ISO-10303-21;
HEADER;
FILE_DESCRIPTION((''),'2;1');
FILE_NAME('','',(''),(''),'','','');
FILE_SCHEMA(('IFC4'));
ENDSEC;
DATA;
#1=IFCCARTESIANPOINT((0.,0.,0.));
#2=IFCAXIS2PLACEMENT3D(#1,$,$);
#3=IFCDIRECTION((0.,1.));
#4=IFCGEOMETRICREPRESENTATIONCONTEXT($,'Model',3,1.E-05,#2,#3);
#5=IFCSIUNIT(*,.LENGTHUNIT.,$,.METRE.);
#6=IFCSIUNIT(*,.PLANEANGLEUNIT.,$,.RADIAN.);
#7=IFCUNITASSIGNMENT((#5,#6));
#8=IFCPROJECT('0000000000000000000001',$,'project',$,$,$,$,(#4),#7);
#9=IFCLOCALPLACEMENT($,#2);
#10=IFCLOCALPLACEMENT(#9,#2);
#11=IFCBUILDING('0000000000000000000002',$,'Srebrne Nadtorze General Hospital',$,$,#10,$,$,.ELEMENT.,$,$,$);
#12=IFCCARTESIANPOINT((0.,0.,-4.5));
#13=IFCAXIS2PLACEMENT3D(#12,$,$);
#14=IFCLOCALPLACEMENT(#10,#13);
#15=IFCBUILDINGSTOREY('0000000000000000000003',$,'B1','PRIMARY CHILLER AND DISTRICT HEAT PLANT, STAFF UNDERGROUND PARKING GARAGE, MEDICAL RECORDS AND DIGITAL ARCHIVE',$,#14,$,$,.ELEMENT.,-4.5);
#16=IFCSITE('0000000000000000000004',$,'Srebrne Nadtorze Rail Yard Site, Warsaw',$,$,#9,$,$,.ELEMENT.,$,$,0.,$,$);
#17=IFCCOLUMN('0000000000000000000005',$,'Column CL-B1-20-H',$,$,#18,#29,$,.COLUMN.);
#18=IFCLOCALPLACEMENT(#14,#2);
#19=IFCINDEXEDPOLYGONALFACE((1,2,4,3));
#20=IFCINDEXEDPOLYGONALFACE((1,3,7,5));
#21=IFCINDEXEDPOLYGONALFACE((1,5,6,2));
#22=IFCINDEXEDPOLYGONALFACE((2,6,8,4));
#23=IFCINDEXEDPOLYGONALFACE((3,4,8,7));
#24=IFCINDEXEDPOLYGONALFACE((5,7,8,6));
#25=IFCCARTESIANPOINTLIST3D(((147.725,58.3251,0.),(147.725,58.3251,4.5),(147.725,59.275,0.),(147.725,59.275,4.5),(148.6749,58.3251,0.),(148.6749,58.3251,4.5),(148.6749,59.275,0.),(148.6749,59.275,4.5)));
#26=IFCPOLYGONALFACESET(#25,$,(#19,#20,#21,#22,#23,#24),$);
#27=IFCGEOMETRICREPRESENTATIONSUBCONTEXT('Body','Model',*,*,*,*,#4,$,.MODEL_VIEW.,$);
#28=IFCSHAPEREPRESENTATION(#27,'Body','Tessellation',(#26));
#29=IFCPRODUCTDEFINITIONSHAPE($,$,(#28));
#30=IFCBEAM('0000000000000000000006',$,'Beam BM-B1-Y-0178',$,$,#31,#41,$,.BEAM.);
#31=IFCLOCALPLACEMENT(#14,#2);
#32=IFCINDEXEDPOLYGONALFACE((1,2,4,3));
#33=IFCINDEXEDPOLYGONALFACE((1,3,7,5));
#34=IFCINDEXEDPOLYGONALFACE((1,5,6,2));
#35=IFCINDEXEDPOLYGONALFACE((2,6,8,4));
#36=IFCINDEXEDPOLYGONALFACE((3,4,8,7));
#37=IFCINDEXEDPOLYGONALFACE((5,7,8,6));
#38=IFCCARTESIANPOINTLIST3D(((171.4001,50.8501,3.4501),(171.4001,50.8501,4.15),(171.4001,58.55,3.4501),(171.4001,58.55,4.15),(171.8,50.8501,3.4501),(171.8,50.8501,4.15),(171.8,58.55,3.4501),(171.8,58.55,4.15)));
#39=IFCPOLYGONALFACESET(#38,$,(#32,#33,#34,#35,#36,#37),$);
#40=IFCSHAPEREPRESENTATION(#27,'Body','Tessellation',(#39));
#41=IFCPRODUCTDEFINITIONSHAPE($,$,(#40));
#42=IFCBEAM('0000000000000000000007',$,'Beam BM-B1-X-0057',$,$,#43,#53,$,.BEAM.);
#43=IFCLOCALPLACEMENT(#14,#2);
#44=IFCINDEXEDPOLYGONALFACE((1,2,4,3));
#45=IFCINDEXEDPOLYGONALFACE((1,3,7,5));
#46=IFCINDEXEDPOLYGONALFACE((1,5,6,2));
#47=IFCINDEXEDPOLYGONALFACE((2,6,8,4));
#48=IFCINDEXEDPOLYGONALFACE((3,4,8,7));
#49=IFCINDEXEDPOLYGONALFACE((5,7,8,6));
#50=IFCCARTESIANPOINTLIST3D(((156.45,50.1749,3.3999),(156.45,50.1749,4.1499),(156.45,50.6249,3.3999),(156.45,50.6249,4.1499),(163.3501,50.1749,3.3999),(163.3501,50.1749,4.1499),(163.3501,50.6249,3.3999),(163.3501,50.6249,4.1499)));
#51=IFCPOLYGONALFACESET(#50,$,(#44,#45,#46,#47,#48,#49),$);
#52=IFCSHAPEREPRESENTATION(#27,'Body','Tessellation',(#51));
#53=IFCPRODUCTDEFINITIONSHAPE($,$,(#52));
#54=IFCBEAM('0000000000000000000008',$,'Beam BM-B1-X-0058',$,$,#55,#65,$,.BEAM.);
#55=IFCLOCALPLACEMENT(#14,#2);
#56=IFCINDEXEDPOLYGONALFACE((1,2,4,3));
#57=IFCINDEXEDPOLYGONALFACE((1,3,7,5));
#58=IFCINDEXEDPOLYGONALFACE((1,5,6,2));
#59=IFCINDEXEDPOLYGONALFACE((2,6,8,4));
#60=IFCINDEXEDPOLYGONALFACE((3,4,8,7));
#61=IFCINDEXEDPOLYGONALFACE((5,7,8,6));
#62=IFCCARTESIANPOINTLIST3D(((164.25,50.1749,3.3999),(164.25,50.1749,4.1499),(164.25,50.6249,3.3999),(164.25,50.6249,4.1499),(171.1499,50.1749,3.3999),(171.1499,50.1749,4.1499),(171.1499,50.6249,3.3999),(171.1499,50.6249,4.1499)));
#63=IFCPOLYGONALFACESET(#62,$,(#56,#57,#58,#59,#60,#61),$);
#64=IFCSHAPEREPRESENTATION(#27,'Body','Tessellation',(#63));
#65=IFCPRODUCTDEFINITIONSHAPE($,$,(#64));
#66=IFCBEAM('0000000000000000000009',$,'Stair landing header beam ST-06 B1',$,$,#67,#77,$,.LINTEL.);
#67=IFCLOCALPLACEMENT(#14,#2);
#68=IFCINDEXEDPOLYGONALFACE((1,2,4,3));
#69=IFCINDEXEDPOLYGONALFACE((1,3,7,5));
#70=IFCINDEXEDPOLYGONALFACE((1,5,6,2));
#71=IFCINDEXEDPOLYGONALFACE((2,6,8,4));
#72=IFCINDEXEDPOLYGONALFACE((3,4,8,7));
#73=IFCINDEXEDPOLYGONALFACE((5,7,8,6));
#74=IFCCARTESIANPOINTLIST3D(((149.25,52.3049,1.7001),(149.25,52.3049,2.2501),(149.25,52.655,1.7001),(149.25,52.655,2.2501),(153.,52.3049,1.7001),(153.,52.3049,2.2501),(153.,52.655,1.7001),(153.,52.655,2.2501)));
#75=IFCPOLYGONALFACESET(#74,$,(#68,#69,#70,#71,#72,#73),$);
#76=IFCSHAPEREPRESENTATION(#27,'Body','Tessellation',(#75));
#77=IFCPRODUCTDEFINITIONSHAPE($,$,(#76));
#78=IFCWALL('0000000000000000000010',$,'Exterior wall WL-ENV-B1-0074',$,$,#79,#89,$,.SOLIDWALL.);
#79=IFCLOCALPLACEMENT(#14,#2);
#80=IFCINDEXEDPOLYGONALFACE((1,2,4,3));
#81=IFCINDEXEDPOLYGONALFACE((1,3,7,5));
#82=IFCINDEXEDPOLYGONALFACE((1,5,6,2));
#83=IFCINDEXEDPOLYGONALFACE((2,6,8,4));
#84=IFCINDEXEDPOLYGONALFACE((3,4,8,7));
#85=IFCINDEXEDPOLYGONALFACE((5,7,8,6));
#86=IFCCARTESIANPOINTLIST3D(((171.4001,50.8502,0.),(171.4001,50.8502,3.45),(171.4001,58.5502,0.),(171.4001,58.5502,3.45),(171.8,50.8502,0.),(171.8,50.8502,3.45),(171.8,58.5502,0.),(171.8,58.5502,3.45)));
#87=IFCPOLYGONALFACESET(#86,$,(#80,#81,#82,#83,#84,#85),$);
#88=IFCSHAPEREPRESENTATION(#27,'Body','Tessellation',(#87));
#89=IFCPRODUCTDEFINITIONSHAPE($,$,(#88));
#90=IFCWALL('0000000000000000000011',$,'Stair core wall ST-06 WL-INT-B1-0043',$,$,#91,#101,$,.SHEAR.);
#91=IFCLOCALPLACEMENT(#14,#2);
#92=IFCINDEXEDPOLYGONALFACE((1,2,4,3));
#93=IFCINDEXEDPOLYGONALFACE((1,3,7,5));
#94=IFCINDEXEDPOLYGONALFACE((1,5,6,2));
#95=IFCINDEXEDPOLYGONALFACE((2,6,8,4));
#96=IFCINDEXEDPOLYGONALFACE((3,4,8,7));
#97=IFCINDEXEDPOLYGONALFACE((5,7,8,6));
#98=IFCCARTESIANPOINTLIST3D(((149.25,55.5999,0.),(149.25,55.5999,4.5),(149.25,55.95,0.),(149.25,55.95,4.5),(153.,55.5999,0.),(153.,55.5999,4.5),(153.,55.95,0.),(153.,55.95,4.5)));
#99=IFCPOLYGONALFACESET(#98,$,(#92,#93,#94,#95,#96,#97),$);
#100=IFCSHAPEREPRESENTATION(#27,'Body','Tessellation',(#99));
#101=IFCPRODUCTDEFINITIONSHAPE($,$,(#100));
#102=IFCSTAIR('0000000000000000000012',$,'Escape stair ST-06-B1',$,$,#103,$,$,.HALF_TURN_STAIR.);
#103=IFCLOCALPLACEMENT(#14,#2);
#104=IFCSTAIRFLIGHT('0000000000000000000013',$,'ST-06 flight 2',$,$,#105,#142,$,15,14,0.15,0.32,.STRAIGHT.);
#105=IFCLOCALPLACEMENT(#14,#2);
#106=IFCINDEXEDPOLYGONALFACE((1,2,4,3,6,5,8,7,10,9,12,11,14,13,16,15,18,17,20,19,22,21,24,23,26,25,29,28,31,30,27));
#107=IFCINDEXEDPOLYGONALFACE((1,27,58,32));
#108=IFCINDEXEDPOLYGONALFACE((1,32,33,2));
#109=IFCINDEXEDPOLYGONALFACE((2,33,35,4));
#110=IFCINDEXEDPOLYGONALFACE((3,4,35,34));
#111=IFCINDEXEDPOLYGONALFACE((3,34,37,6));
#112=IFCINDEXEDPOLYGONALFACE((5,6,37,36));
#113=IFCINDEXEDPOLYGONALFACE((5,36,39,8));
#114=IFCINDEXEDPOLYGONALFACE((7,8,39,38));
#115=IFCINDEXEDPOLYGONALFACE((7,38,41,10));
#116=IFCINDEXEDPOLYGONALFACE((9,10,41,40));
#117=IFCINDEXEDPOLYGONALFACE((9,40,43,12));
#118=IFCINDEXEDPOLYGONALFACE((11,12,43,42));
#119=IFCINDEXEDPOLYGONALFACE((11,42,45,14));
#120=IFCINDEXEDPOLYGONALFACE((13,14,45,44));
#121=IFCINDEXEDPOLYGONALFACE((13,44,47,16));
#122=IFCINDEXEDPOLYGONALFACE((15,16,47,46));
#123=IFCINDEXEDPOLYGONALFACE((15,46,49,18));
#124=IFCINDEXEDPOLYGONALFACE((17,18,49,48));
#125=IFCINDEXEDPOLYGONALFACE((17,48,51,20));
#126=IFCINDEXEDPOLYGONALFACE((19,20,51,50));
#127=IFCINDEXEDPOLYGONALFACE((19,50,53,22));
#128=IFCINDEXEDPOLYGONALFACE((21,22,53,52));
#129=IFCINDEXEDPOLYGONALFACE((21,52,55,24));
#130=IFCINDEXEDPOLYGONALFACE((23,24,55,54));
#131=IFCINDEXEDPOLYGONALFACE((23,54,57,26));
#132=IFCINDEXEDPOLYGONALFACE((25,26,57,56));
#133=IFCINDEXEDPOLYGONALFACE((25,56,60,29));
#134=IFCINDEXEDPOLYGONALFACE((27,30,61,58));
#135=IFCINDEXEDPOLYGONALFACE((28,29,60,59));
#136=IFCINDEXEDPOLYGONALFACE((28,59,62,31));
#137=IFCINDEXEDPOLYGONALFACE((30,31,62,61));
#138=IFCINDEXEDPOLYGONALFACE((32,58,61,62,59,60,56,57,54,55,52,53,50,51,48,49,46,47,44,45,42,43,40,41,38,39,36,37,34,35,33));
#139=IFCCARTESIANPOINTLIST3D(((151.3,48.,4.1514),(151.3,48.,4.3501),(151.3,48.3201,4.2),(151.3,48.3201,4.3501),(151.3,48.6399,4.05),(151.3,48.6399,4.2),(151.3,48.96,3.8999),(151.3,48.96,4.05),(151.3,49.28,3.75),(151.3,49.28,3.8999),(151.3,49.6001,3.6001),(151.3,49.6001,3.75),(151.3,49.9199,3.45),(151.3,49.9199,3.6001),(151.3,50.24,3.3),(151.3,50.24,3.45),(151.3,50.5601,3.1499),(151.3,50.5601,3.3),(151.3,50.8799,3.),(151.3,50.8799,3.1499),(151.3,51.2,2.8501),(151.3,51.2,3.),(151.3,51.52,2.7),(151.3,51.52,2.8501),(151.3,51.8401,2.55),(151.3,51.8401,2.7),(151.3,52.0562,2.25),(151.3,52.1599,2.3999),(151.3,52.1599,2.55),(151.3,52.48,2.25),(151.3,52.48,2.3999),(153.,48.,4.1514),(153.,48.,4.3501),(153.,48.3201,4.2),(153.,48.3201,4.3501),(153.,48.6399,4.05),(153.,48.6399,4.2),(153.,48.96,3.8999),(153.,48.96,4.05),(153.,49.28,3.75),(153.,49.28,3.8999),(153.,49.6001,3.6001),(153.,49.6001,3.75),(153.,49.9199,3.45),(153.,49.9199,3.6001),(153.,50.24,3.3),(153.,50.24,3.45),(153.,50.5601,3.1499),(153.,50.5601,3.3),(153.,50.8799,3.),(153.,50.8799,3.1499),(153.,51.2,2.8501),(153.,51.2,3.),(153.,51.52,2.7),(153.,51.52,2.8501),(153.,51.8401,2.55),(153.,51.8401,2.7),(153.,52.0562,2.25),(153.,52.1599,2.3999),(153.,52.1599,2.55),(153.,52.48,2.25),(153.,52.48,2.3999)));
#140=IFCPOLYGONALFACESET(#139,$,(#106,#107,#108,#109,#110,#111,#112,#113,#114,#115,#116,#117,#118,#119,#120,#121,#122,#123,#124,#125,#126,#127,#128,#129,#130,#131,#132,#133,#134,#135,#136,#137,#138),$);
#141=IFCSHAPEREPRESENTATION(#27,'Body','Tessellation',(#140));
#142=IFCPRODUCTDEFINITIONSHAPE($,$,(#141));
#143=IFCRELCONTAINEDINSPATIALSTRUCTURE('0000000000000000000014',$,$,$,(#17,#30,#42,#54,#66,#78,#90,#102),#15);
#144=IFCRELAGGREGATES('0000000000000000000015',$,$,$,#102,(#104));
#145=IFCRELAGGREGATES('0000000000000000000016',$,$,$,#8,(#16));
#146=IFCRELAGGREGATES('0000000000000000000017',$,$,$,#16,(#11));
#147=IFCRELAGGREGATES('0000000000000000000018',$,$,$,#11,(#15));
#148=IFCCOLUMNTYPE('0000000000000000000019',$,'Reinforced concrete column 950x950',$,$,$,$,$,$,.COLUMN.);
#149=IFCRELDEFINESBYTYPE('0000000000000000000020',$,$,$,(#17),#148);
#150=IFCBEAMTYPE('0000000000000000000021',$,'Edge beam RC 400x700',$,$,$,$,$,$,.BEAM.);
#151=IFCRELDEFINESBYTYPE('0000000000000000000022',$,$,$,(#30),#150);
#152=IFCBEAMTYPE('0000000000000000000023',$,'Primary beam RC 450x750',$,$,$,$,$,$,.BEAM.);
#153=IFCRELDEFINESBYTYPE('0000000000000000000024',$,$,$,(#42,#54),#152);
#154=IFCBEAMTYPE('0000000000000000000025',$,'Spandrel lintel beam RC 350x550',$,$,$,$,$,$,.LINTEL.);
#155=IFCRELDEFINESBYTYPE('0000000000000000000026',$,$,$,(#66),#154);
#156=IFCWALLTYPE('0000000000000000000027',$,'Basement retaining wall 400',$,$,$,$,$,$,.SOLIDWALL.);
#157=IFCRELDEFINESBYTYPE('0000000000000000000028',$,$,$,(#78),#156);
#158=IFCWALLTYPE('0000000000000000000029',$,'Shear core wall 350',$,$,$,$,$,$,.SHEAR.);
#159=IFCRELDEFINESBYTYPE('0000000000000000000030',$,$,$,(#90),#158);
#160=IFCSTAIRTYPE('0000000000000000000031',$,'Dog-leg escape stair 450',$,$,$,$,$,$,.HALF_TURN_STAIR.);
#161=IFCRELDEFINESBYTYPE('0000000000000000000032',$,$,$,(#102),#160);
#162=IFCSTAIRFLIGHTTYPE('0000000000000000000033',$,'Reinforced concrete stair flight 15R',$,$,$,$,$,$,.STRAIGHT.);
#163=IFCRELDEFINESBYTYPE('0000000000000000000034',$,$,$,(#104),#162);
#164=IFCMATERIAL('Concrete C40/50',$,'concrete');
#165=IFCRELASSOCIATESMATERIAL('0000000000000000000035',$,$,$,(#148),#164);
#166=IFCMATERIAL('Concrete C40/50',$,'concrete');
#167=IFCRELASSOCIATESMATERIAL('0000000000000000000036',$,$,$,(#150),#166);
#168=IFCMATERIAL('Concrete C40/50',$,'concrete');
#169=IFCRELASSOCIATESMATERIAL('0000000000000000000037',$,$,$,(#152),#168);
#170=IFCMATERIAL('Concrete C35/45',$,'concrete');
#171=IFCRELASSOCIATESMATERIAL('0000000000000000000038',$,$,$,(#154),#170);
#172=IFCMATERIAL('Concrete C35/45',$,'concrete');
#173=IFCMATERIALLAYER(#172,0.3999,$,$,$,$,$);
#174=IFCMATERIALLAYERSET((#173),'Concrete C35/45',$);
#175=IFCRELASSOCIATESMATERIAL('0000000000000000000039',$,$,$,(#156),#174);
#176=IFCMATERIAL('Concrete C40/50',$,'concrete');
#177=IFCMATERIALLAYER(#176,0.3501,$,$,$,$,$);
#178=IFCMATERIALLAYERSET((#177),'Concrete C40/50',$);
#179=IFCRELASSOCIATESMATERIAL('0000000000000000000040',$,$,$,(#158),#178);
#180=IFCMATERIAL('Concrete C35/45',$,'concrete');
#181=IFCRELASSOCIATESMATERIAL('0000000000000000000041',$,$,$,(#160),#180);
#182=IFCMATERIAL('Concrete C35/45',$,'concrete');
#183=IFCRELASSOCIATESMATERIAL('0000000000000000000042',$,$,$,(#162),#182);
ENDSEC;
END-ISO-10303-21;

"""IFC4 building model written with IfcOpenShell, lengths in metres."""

from ifc_helpers import new_model, si_unit, direction, frame, frame_2d, origin, origin_2d, place, context, subcontext, project, spatial, polyline, rectangle, outline, extrude, material, layer, layer_set, material_profile, profile_set, type_object, element, aggregate, save


model = new_model("IFC4")

# Units and contexts
model_context = context("Model", 3, precision=1e-05, world=origin(), true_north=direction((0.0, 1.0)))
body_context = subcontext(model_context, "Body", "Model", "MODEL_VIEW")
ifc_project = project(units=[si_unit("LENGTHUNIT", "METRE"), si_unit("PLANEANGLEUNIT", "RADIAN")], contexts=[model_context])

# Site, building, storey
site_placement = place(None, origin())
site = spatial("IfcSite", under=ifc_project, at=site_placement, Name="Srebrne Nadtorze Rail Yard Site, Warsaw", CompositionType="ELEMENT", RefElevation=0.0)
building_placement = place(site_placement, origin())
building = spatial("IfcBuilding", under=site, at=building_placement, Name="Srebrne Nadtorze General Hospital", CompositionType="ELEMENT")
storey_placement = place(building_placement, frame((0.0, 0.0, -4.5)))
storey = spatial("IfcBuildingStorey", under=building, at=storey_placement, Name="B1", Description="PRIMARY CHILLER AND DISTRICT HEAT PLANT, STAFF UNDERGROUND PARKING GARAGE, MEDICAL RECORDS AND DIGITAL ARCHIVE", CompositionType="ELEMENT", Elevation=-4.5)

# Column
ifc_material_1 = material(Name="Concrete C40/50", Category="concrete")
ifc_material_profile_1 = material_profile(ifc_material_1, rectangle(XDim=0.95, YDim=0.95, at=origin_2d()), Name="RC-COL-950x950")
ifc_profile_set_1 = profile_set([ifc_material_profile_1], Name="Concrete C40/50")
column_type_1 = type_object("IfcColumnType", Name="Reinforced concrete column 950x950", PredefinedType="COLUMN", material=ifc_profile_set_1)
for number, where, z_axis, x_axis, name in (
    (1, (148.2, 58.8, 0.0), (0.0, 0.0, 1.0), (1.0, 0.0, 0.0), "Column CL-B1-20-H"),
):
    element("IfcColumn", number, at=place(storey_placement, frame(where, z_axis=z_axis, x_axis=x_axis)), inside=storey, type_object=column_type_1, Name=name, PredefinedType="COLUMN", context=body_context, shape_type="SweptSolid", body=[
        extrude(rectangle(XDim=0.95, YDim=0.95, at=origin_2d()), origin(), (0.0, 0.0, 1.0), 4.5),
    ])

# Beams
ifc_material_2 = material(Name="Concrete C40/50", Category="concrete")
ifc_material_profile_2 = material_profile(ifc_material_2, rectangle(XDim=0.3999, YDim=0.7, at=origin_2d()), Name="RC-BM-400x700")
ifc_profile_set_2 = profile_set([ifc_material_profile_2], Name="Concrete C40/50")
beam_type_1 = type_object("IfcBeamType", Name="Edge beam RC 400x700", PredefinedType="BEAM", material=ifc_profile_set_2)
beam_1_placement = place(storey_placement, frame((171.6001, 50.8501, 3.8), z_axis=(0.0, 1.0, 0.0), x_axis=(-1.0, 0.0, 0.0)))
element("IfcBeam", 2, at=beam_1_placement, inside=storey, type_object=beam_type_1, Name="Beam BM-B1-Y-0178", PredefinedType="BEAM", context=body_context, shape_type="SweptSolid", body=[
    extrude(rectangle(XDim=0.3999, YDim=0.7, at=origin_2d()), origin(), (0.0, 0.0, 1.0), 7.7),
])
ifc_material_3 = material(Name="Concrete C40/50", Category="concrete")
ifc_material_profile_3 = material_profile(ifc_material_3, rectangle(XDim=0.45, YDim=0.75, at=origin_2d()), Name="RC-BM-450x750")
ifc_profile_set_3 = profile_set([ifc_material_profile_3], Name="Concrete C40/50")
beam_type_2 = type_object("IfcBeamType", Name="Primary beam RC 450x750", PredefinedType="BEAM", material=ifc_profile_set_3)
beam_2_placement = place(storey_placement, frame((156.45, 50.3999, 3.7749), z_axis=(1.0, 0.0, 0.0), x_axis=(0.0, 1.0, 0.0)))
element("IfcBeam", 3, at=beam_2_placement, inside=storey, type_object=beam_type_2, Name="Beam BM-B1-X-0057", PredefinedType="BEAM", context=body_context, shape_type="SweptSolid", body=[
    extrude(rectangle(XDim=0.45, YDim=0.75, at=origin_2d()), origin(), (0.0, 0.0, 1.0), 6.9001),
])
beam_3_placement = place(storey_placement, frame((164.25, 50.3999, 3.7749), z_axis=(1.0, 0.0, 0.0), x_axis=(0.0, 1.0, 0.0)))
element("IfcBeam", 4, at=beam_3_placement, inside=storey, type_object=beam_type_2, Name="Beam BM-B1-X-0058", PredefinedType="BEAM", context=body_context, shape_type="SweptSolid", body=[
    extrude(rectangle(XDim=0.45, YDim=0.75, at=origin_2d()), origin(), (0.0, 0.0, 1.0), 6.8999),
])
ifc_material_4 = material(Name="Concrete C35/45", Category="concrete")
ifc_material_profile_4 = material_profile(ifc_material_4, rectangle(XDim=0.3501, YDim=0.55, at=origin_2d()), Name="RC-BM-350x550")
ifc_profile_set_4 = profile_set([ifc_material_profile_4], Name="Concrete C35/45")
beam_type_3 = type_object("IfcBeamType", Name="Spandrel lintel beam RC 350x550", PredefinedType="LINTEL", material=ifc_profile_set_4)
beam_4_placement = place(storey_placement, frame((149.25, 52.48, 1.9751), z_axis=(1.0, 0.0, 0.0), x_axis=(0.0, 1.0, 0.0)))
element("IfcBeam", 5, at=beam_4_placement, inside=storey, type_object=beam_type_3, Name="Stair landing header beam ST-06 B1", PredefinedType="LINTEL", context=body_context, shape_type="SweptSolid", body=[
    extrude(rectangle(XDim=0.3501, YDim=0.55, at=origin_2d()), origin(), (0.0, 0.0, 1.0), 3.75),
])

# Walls
ifc_material_5 = material(Name="Concrete C35/45", Category="concrete")
ifc_layer_1 = layer(ifc_material_5, 0.3999)
ifc_layer_set_1 = layer_set([ifc_layer_1], Name="Concrete C35/45")
wall_type_1 = type_object("IfcWallType", Name="Basement retaining wall 400", PredefinedType="SOLIDWALL", material=ifc_layer_set_1)
wall_1_placement = place(storey_placement, frame((171.6001, 50.8501, 0.0), z_axis=(0.0, 0.0, 1.0), x_axis=(0.0, 1.0, 0.0)))
element("IfcWall", 6, at=wall_1_placement, inside=storey, type_object=wall_type_1, Name="Exterior wall WL-ENV-B1-0074", PredefinedType="SOLIDWALL", context=body_context, shape_type="SweptSolid", body=[
    extrude(rectangle(XDim=7.7, YDim=0.3999, at=frame_2d((3.8501, 0.0))), origin(), (0.0, 0.0, 1.0), 3.45),
])
ifc_material_6 = material(Name="Concrete C40/50", Category="concrete")
ifc_layer_2 = layer(ifc_material_6, 0.3501)
ifc_layer_set_2 = layer_set([ifc_layer_2], Name="Concrete C40/50")
wall_type_2 = type_object("IfcWallType", Name="Shear core wall 350", PredefinedType="SHEAR", material=ifc_layer_set_2)
wall_2_placement = place(storey_placement, frame((149.25, 55.7749, 0.0), z_axis=(0.0, 0.0, 1.0), x_axis=(1.0, 0.0, 0.0)))
element("IfcWall", 7, at=wall_2_placement, inside=storey, type_object=wall_type_2, Name="Stair core wall ST-06 WL-INT-B1-0043", PredefinedType="SHEAR", context=body_context, shape_type="SweptSolid", body=[
    extrude(rectangle(XDim=3.75, YDim=0.3501, at=frame_2d((1.875, 0.0))), origin(), (0.0, 0.0, 1.0), 4.5),
])

# Stair, stair flight
ifc_material_7 = material(Name="Concrete C35/45", Category="concrete")
stair_type = type_object("IfcStairType", Name="Dog-leg escape stair 450", PredefinedType="HALF_TURN_STAIR", material=ifc_material_7)
stair_placement = place(storey_placement, origin())
stair = element("IfcStair", 8, at=stair_placement, inside=storey, type_object=stair_type, Name="Escape stair ST-06-B1", PredefinedType="HALF_TURN_STAIR")
ifc_material_8 = material(Name="Concrete C35/45", Category="concrete")
stair_flight_type = type_object("IfcStairFlightType", Name="Reinforced concrete stair flight 15R", PredefinedType="STRAIGHT", material=ifc_material_8)
stair_flight_placement = place(storey_placement, frame((152.1499, 52.48, 2.25), z_axis=(0.0, 0.0, 1.0), x_axis=(0.0, -1.0, 0.0)))
stair_flight = element("IfcStairFlight", 9, at=stair_flight_placement, type_object=stair_flight_type, Name="ST-06 flight 2", NumberOfRisers=15, NumberOfTreads=14, PredefinedType="STRAIGHT", RiserHeight=0.15, TreadLength=0.32, context=body_context, shape_type="SweptSolid", body=[
    extrude(outline(polyline([(0.0, 0.0), (0.0, 0.1499), (0.3201, 0.1499), (0.3201, 0.3), (0.6399, 0.3), (0.6399, 0.45), (0.96, 0.45), (0.96, 0.6001), (1.28, 0.6001), (1.28, 0.75), (1.6001, 0.75), (1.6001, 0.8999), (1.9199, 0.8999), (1.9199, 1.05), (2.24, 1.05), (2.24, 1.2), (2.5601, 1.2), (2.5601, 1.3501), (2.8799, 1.3501), (2.8799, 1.5), (3.2, 1.5), (3.2, 1.6499), (3.52, 1.6499), (3.52, 1.8), (3.8401, 1.8), (3.8401, 1.95), (4.1599, 1.95), (4.1599, 2.1001), (4.48, 2.1001), (4.48, 2.25), (4.48, 1.9014), (0.4238, 0.0), (0.0, 0.0)])), frame((0.0, 0.8501, 0.0), z_axis=(0.0, -1.0, 0.0), x_axis=(1.0, 0.0, 0.0)), (0.0, 0.0, 1.0), 1.7),
])
aggregate(stair, [stair_flight])

save(model, "model.ifc")
